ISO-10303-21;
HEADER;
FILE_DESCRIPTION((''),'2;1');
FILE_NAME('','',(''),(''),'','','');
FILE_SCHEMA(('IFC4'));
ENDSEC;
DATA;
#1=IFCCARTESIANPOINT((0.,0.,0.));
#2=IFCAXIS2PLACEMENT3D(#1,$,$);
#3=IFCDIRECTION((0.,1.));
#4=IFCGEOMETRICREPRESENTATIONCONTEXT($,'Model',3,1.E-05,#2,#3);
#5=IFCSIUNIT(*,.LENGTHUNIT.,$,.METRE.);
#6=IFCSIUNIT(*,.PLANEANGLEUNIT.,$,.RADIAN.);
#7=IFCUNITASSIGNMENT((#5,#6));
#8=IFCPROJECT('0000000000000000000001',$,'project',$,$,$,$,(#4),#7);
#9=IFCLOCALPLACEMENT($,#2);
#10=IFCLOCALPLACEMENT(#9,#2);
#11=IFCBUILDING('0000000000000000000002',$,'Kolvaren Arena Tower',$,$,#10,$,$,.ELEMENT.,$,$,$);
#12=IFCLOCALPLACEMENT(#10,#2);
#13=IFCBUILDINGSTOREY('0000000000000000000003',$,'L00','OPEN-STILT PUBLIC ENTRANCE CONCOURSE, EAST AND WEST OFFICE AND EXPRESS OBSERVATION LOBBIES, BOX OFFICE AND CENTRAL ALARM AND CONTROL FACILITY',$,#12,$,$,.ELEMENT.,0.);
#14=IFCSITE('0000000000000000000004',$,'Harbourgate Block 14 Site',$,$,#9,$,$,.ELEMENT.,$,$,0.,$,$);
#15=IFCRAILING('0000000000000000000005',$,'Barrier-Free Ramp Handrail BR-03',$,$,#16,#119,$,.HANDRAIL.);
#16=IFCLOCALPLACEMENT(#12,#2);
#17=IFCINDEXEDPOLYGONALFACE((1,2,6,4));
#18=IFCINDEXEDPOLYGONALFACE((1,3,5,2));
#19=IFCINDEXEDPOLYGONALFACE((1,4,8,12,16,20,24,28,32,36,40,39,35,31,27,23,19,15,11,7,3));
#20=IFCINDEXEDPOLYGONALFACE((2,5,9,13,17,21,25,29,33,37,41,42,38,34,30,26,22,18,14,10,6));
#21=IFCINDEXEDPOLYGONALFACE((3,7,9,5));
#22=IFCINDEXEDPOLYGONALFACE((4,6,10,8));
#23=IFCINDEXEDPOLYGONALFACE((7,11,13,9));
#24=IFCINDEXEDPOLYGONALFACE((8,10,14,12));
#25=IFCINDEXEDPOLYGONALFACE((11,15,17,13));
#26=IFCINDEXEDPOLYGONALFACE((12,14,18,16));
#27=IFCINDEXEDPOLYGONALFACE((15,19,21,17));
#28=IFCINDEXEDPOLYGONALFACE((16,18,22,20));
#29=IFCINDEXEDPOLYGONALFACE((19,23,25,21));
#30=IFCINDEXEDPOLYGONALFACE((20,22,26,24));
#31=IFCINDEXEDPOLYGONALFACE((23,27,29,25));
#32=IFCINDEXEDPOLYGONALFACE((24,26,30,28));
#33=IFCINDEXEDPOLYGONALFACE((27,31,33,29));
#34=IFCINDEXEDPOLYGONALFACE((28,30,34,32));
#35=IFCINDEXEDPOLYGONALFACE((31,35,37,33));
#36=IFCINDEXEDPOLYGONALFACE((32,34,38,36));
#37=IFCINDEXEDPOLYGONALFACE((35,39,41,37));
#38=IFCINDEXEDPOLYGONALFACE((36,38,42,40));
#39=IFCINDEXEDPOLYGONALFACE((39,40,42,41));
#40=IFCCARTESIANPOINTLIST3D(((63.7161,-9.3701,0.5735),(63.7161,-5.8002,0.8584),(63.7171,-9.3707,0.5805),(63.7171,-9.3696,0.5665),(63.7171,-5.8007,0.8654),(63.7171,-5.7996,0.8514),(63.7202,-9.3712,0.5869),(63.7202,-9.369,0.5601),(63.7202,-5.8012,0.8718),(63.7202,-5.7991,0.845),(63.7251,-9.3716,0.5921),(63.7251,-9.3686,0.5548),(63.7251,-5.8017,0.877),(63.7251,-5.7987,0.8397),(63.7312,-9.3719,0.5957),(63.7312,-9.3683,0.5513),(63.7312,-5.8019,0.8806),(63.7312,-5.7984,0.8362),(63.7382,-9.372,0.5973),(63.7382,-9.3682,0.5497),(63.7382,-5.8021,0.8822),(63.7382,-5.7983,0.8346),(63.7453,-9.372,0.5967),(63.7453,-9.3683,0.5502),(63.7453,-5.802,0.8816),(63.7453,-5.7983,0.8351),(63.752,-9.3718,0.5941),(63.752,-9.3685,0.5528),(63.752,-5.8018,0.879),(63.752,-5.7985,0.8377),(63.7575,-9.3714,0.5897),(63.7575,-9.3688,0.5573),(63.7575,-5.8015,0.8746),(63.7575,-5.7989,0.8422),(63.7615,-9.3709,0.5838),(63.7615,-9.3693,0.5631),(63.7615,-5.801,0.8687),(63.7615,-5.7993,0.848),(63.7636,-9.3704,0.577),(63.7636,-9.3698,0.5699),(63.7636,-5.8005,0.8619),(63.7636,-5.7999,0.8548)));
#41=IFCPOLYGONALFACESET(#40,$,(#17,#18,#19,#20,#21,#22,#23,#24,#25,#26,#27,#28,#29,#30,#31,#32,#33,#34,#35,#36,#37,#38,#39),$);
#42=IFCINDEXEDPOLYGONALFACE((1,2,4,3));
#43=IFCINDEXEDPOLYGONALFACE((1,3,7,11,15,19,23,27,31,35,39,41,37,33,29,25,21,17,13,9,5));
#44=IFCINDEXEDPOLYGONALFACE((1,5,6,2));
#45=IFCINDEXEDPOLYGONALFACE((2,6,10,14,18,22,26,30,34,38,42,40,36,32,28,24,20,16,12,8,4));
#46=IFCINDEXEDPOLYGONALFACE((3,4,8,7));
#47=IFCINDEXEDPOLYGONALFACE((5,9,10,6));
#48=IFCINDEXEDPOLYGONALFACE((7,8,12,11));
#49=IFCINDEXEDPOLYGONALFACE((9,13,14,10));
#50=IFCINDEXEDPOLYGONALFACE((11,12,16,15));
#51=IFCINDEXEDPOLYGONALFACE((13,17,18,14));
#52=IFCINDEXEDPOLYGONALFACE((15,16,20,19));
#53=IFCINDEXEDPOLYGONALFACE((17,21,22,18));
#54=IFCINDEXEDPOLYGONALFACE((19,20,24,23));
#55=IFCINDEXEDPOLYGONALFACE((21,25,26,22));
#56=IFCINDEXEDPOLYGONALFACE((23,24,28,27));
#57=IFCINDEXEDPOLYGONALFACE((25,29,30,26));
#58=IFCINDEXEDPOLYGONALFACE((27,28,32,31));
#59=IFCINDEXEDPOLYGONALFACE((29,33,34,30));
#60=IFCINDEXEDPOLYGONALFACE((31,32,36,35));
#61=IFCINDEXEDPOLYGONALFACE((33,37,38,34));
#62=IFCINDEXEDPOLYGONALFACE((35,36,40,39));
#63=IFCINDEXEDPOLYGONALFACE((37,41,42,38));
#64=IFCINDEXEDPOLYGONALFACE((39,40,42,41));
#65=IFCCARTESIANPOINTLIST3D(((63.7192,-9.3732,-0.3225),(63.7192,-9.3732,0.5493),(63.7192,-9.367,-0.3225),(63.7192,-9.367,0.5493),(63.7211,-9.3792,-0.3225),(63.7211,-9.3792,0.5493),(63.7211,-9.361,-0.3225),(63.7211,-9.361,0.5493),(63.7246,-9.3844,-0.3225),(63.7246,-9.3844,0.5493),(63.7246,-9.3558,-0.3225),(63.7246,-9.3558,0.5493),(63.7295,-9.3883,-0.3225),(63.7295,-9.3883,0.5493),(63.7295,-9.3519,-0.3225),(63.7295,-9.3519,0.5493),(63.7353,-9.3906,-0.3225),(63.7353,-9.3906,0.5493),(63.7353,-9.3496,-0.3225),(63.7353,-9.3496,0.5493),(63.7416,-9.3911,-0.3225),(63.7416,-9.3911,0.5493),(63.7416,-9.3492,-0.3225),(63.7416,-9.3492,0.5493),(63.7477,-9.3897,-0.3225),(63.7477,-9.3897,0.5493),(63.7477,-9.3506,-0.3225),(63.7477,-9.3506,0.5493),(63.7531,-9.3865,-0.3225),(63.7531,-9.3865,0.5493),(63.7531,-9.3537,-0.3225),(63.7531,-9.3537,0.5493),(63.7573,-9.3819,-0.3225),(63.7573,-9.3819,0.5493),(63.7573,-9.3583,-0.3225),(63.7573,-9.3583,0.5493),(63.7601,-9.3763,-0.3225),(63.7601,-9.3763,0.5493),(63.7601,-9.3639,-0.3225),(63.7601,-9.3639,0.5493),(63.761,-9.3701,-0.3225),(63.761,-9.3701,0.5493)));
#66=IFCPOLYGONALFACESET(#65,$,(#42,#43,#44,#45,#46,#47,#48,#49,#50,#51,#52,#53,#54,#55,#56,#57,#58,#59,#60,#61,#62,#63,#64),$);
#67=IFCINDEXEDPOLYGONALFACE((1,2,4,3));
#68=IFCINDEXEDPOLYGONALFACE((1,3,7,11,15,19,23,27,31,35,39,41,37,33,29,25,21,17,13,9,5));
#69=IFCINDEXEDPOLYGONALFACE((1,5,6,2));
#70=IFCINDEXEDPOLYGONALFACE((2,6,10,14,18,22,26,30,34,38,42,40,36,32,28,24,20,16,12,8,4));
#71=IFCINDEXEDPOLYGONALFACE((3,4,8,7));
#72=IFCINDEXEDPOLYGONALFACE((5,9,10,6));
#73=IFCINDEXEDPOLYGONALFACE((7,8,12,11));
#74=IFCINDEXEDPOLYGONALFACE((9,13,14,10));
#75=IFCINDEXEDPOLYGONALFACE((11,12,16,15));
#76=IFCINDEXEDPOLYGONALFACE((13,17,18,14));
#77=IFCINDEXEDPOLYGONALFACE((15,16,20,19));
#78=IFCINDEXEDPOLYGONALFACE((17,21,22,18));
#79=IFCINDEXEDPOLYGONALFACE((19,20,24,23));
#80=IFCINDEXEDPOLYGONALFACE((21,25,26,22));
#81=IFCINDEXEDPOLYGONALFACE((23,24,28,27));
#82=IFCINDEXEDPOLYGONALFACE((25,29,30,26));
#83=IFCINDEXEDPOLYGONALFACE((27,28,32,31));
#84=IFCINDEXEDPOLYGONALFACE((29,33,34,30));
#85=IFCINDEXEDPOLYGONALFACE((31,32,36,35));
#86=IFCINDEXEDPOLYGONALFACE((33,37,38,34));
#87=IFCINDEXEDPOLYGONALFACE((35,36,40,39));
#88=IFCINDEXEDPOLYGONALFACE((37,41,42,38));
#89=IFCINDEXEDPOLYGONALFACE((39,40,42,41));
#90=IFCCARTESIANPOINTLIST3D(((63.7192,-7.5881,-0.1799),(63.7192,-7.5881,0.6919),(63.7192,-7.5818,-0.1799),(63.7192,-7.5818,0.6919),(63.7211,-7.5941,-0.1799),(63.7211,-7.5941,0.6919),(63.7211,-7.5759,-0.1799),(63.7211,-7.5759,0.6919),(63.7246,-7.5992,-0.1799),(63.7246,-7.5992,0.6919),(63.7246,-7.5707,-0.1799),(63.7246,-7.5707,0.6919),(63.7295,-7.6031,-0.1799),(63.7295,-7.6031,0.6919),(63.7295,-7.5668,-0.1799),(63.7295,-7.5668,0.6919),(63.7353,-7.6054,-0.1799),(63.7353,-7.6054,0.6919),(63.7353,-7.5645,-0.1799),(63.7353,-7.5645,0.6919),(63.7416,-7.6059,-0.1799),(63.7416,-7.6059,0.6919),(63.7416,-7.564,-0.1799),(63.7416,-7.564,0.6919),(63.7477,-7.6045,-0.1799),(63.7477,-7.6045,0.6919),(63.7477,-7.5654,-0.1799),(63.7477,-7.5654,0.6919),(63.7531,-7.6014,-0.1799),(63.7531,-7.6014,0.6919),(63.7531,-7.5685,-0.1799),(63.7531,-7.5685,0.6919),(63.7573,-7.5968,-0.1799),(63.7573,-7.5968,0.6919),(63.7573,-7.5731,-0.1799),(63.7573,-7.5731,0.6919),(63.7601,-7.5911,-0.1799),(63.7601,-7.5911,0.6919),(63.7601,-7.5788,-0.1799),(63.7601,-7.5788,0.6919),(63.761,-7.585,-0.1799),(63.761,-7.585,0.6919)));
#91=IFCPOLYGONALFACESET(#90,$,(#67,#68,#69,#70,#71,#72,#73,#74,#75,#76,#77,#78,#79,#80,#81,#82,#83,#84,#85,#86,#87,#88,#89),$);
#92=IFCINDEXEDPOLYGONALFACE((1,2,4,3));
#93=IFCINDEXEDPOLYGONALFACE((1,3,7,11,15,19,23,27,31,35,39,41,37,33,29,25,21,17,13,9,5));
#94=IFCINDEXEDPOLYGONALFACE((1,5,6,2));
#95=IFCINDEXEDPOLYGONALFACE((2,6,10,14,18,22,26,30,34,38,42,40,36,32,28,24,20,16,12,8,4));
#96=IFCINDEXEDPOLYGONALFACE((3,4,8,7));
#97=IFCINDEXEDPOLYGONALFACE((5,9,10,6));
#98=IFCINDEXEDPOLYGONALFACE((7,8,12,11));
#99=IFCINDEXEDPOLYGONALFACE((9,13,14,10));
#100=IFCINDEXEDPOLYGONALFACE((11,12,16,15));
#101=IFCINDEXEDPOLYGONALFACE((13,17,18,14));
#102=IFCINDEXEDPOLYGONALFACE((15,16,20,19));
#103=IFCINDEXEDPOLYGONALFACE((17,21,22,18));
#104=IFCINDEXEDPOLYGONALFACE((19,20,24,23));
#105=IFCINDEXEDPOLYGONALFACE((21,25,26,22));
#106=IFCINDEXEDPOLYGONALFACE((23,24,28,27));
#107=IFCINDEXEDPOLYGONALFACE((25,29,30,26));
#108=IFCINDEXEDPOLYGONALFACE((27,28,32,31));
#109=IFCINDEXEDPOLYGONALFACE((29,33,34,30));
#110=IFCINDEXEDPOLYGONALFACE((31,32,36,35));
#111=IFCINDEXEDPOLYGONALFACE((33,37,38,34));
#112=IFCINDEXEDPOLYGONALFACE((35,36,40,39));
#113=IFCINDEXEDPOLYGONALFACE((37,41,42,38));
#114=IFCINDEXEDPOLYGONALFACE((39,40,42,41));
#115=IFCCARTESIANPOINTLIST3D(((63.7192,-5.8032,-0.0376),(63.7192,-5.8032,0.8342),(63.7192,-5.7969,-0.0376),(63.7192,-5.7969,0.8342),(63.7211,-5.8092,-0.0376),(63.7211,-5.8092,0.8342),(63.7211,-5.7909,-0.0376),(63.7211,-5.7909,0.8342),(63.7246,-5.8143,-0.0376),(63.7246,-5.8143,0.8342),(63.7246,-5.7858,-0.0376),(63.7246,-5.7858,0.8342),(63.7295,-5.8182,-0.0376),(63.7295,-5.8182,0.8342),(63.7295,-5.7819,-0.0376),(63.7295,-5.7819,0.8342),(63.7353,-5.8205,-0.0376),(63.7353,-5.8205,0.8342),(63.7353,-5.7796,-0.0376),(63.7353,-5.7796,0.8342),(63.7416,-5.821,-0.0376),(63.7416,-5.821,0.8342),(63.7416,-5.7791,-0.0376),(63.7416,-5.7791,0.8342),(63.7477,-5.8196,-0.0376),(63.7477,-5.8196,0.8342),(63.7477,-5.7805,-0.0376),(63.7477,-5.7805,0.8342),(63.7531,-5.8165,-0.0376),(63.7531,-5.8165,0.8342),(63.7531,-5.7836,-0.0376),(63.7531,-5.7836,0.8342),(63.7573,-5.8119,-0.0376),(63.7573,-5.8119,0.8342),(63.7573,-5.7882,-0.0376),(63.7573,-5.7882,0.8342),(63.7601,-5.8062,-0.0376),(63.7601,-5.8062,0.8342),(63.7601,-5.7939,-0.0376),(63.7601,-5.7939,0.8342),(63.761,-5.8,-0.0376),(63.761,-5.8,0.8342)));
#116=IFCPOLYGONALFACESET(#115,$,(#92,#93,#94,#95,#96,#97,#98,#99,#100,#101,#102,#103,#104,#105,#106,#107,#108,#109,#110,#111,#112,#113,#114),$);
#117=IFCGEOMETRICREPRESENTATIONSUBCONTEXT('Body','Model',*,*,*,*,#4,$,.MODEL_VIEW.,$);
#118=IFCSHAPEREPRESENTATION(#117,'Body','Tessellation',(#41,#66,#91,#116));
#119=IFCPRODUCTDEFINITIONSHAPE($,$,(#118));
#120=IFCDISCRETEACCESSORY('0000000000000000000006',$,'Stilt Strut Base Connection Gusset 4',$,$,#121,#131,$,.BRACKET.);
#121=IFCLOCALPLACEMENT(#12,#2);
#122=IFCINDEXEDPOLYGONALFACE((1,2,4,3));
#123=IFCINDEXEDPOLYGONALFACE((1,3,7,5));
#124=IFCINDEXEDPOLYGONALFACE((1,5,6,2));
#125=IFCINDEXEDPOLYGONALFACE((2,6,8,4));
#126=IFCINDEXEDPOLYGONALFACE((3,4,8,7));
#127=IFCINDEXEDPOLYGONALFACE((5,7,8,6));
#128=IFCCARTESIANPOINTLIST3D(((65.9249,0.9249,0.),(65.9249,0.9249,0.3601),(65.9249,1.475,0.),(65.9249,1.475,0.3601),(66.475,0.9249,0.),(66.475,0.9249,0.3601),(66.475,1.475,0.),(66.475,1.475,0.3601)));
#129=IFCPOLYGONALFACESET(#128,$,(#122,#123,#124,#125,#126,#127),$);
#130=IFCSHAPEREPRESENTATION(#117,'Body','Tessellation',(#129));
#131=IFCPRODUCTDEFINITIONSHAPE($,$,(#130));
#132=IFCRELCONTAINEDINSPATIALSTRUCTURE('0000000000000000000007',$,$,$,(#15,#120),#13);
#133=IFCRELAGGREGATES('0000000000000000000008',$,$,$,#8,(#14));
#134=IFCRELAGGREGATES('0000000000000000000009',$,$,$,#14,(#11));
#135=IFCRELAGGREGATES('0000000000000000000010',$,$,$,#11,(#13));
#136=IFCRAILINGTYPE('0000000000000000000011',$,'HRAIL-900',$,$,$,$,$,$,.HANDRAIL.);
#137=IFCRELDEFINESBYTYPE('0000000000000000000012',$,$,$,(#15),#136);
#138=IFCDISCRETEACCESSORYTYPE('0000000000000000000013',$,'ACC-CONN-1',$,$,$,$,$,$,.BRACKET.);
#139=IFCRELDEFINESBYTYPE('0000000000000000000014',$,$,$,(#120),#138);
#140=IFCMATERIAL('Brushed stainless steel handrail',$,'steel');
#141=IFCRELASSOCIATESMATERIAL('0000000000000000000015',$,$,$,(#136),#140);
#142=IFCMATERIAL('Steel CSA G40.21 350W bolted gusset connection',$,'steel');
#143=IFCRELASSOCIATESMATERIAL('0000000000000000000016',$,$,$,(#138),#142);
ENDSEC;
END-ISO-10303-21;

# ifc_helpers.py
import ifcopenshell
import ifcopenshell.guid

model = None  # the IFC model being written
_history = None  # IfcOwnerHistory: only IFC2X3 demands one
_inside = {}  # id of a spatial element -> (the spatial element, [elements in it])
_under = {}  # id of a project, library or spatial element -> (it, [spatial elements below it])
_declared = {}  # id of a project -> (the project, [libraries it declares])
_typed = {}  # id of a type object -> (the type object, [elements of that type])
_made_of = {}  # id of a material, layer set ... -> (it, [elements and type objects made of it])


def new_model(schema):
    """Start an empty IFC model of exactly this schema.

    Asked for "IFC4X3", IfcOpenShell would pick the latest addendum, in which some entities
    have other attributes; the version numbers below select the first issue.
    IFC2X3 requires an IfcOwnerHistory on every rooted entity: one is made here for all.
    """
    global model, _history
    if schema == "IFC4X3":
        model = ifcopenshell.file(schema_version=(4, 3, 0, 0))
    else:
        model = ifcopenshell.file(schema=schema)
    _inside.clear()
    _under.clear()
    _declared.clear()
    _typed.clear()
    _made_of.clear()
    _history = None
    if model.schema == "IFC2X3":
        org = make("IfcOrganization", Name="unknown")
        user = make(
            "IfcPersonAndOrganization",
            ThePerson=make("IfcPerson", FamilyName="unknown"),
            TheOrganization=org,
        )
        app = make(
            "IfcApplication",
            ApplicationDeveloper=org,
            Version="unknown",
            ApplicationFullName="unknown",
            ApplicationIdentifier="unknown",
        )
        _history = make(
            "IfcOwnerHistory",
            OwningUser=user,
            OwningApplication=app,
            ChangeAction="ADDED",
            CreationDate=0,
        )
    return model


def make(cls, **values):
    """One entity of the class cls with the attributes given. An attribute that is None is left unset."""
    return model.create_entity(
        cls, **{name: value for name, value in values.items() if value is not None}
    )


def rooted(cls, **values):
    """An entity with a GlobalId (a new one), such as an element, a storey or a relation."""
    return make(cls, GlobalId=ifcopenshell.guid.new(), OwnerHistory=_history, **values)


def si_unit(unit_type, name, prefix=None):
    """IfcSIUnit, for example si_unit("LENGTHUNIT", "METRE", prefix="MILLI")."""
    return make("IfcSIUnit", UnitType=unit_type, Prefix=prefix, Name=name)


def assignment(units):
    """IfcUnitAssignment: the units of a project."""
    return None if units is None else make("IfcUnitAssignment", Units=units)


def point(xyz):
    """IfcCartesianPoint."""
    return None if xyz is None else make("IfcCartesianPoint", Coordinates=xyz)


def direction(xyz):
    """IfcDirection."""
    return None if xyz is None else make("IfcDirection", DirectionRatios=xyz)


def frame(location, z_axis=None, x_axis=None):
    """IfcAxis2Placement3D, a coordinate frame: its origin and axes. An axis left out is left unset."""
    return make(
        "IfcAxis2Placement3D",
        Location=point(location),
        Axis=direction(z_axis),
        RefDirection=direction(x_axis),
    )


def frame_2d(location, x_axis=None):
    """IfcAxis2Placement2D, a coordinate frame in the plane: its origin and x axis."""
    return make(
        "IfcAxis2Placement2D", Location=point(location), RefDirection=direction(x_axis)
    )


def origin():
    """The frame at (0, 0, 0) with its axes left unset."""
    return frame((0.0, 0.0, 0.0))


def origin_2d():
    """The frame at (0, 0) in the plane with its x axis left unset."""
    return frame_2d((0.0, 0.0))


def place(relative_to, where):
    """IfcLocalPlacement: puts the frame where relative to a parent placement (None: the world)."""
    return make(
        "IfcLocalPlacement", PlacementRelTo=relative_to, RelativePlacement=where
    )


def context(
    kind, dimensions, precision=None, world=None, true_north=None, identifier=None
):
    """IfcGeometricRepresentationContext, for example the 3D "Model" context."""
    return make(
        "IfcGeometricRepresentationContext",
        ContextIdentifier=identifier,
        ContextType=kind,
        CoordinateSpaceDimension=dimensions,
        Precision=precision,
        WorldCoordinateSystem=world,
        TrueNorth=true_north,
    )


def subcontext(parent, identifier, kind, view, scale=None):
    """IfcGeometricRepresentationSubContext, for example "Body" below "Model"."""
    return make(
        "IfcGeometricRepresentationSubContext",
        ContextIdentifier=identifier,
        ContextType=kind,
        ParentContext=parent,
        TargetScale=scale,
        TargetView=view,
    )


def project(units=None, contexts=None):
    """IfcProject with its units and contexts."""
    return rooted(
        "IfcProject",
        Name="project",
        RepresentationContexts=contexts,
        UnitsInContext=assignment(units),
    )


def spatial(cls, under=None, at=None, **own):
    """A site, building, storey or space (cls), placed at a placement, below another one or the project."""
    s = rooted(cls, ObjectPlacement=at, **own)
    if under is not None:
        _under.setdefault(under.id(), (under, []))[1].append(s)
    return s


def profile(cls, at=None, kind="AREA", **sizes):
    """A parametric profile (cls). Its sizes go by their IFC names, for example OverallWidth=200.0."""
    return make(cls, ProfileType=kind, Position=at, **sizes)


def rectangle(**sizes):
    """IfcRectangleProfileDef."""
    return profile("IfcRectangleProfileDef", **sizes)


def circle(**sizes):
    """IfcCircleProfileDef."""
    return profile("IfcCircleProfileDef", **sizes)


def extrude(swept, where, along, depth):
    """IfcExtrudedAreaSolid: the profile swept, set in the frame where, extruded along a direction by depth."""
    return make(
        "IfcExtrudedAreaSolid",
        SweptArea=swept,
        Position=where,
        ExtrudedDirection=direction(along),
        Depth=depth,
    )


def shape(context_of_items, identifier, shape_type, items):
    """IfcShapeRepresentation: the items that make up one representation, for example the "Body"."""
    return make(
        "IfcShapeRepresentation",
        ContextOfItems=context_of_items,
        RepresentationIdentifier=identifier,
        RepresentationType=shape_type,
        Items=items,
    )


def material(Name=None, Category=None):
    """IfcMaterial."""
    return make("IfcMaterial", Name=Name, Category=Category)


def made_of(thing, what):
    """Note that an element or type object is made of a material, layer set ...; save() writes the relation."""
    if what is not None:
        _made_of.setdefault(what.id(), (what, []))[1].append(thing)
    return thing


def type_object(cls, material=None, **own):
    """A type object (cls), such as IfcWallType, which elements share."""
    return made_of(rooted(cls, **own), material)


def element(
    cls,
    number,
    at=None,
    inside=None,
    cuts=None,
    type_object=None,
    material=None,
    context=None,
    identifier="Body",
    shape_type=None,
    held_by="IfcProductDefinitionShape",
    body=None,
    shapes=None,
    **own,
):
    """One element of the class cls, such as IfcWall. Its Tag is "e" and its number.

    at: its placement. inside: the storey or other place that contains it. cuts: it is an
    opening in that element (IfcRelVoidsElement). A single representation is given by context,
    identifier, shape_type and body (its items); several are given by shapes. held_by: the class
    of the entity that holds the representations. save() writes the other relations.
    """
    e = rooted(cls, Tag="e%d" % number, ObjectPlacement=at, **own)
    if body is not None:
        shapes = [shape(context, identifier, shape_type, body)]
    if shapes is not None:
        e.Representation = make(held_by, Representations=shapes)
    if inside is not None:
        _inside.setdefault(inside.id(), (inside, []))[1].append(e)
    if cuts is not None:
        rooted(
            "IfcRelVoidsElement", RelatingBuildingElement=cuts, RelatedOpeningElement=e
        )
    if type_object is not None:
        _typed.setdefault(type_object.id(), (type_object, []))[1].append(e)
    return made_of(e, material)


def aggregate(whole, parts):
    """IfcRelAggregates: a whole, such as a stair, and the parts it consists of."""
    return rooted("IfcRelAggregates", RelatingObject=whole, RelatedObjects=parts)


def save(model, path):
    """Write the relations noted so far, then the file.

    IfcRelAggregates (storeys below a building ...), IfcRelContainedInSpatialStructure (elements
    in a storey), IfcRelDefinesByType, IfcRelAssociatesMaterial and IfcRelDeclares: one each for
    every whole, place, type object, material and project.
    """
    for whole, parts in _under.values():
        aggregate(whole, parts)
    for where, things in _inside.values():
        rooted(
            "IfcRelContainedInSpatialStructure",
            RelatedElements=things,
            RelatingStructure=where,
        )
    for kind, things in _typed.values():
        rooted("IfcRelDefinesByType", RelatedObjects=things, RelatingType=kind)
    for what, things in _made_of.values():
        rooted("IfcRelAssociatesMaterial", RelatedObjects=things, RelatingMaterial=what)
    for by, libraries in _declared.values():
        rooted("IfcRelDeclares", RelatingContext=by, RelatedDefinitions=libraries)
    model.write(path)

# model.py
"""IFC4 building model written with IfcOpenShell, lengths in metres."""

from ifc_helpers import new_model, si_unit, direction, frame, origin, origin_2d, place, context, subcontext, project, spatial, rectangle, circle, extrude, material, type_object, element, save


model = new_model("IFC4")

# Units and contexts
model_context = context("Model", 3, precision=1e-05, world=origin(), true_north=direction((0.0, 1.0)))
body_context = subcontext(model_context, "Body", "Model", "MODEL_VIEW")
ifc_project = project(units=[si_unit("LENGTHUNIT", "METRE"), si_unit("PLANEANGLEUNIT", "RADIAN")], contexts=[model_context])

# Site, building, storey
site_placement = place(None, origin())
site = spatial("IfcSite", under=ifc_project, at=site_placement, Name="Harbourgate Block 14 Site", CompositionType="ELEMENT", RefElevation=0.0)
building_placement = place(site_placement, origin())
building = spatial("IfcBuilding", under=site, at=building_placement, Name="Kolvaren Arena Tower", CompositionType="ELEMENT")
storey_placement = place(building_placement, origin())
storey = spatial("IfcBuildingStorey", under=building, at=storey_placement, Name="L00", Description="OPEN-STILT PUBLIC ENTRANCE CONCOURSE, EAST AND WEST OFFICE AND EXPRESS OBSERVATION LOBBIES, BOX OFFICE AND CENTRAL ALARM AND CONTROL FACILITY", CompositionType="ELEMENT", Elevation=0.0)

# Railing
ifc_material_1 = material(Name="Brushed stainless steel handrail", Category="steel")
railing_type = type_object("IfcRailingType", Name="HRAIL-900", PredefinedType="HANDRAIL", material=ifc_material_1)
railing_placement = place(storey_placement, frame((63.74, -9.3701, -0.3225)))
element("IfcRailing", 1, at=railing_placement, inside=storey, type_object=railing_type, Name="Barrier-Free Ramp Handrail BR-03", PredefinedType="HANDRAIL", context=body_context, shape_type="SweptSolid", body=[
    extrude(circle(Radius=0.0239, at=origin_2d()), frame((0.0, 0.0, 0.896), z_axis=(0.0, 0.996831, 0.079553), x_axis=(-1.0, 0.0, 0.0)), (0.0, 0.0, 1.0), 3.5813),
    extrude(circle(Radius=0.021, at=origin_2d()), origin(), (0.0, 0.0, 1.0), 0.8718),
    extrude(circle(Radius=0.021, at=origin_2d()), frame((0.0, 1.7852, 0.1426)), (0.0, 0.0, 1.0), 0.8718),
    extrude(circle(Radius=0.021, at=origin_2d()), frame((0.0, 3.5701, 0.2849)), (0.0, 0.0, 1.0), 0.8718),
])

# Discrete accessory
ifc_material_2 = material(Name="Steel CSA G40.21 350W bolted gusset connection", Category="steel")
discrete_accessory_type = type_object("IfcDiscreteAccessoryType", Name="ACC-CONN-1", PredefinedType="BRACKET", material=ifc_material_2)
discrete_accessory_placement = place(storey_placement, frame((66.2, 1.2, 0.0), z_axis=(0.0, 0.0, 1.0), x_axis=(1.0, 0.0, 0.0)))
element("IfcDiscreteAccessory", 2, at=discrete_accessory_placement, inside=storey, type_object=discrete_accessory_type, Name="Stilt Strut Base Connection Gusset 4", PredefinedType="BRACKET", context=body_context, shape_type="SweptSolid", body=[
    extrude(rectangle(XDim=0.55, YDim=0.55, at=origin_2d()), origin(), (0.0, 0.0, 1.0), 0.3601),
])

save(model, "model.ifc")
